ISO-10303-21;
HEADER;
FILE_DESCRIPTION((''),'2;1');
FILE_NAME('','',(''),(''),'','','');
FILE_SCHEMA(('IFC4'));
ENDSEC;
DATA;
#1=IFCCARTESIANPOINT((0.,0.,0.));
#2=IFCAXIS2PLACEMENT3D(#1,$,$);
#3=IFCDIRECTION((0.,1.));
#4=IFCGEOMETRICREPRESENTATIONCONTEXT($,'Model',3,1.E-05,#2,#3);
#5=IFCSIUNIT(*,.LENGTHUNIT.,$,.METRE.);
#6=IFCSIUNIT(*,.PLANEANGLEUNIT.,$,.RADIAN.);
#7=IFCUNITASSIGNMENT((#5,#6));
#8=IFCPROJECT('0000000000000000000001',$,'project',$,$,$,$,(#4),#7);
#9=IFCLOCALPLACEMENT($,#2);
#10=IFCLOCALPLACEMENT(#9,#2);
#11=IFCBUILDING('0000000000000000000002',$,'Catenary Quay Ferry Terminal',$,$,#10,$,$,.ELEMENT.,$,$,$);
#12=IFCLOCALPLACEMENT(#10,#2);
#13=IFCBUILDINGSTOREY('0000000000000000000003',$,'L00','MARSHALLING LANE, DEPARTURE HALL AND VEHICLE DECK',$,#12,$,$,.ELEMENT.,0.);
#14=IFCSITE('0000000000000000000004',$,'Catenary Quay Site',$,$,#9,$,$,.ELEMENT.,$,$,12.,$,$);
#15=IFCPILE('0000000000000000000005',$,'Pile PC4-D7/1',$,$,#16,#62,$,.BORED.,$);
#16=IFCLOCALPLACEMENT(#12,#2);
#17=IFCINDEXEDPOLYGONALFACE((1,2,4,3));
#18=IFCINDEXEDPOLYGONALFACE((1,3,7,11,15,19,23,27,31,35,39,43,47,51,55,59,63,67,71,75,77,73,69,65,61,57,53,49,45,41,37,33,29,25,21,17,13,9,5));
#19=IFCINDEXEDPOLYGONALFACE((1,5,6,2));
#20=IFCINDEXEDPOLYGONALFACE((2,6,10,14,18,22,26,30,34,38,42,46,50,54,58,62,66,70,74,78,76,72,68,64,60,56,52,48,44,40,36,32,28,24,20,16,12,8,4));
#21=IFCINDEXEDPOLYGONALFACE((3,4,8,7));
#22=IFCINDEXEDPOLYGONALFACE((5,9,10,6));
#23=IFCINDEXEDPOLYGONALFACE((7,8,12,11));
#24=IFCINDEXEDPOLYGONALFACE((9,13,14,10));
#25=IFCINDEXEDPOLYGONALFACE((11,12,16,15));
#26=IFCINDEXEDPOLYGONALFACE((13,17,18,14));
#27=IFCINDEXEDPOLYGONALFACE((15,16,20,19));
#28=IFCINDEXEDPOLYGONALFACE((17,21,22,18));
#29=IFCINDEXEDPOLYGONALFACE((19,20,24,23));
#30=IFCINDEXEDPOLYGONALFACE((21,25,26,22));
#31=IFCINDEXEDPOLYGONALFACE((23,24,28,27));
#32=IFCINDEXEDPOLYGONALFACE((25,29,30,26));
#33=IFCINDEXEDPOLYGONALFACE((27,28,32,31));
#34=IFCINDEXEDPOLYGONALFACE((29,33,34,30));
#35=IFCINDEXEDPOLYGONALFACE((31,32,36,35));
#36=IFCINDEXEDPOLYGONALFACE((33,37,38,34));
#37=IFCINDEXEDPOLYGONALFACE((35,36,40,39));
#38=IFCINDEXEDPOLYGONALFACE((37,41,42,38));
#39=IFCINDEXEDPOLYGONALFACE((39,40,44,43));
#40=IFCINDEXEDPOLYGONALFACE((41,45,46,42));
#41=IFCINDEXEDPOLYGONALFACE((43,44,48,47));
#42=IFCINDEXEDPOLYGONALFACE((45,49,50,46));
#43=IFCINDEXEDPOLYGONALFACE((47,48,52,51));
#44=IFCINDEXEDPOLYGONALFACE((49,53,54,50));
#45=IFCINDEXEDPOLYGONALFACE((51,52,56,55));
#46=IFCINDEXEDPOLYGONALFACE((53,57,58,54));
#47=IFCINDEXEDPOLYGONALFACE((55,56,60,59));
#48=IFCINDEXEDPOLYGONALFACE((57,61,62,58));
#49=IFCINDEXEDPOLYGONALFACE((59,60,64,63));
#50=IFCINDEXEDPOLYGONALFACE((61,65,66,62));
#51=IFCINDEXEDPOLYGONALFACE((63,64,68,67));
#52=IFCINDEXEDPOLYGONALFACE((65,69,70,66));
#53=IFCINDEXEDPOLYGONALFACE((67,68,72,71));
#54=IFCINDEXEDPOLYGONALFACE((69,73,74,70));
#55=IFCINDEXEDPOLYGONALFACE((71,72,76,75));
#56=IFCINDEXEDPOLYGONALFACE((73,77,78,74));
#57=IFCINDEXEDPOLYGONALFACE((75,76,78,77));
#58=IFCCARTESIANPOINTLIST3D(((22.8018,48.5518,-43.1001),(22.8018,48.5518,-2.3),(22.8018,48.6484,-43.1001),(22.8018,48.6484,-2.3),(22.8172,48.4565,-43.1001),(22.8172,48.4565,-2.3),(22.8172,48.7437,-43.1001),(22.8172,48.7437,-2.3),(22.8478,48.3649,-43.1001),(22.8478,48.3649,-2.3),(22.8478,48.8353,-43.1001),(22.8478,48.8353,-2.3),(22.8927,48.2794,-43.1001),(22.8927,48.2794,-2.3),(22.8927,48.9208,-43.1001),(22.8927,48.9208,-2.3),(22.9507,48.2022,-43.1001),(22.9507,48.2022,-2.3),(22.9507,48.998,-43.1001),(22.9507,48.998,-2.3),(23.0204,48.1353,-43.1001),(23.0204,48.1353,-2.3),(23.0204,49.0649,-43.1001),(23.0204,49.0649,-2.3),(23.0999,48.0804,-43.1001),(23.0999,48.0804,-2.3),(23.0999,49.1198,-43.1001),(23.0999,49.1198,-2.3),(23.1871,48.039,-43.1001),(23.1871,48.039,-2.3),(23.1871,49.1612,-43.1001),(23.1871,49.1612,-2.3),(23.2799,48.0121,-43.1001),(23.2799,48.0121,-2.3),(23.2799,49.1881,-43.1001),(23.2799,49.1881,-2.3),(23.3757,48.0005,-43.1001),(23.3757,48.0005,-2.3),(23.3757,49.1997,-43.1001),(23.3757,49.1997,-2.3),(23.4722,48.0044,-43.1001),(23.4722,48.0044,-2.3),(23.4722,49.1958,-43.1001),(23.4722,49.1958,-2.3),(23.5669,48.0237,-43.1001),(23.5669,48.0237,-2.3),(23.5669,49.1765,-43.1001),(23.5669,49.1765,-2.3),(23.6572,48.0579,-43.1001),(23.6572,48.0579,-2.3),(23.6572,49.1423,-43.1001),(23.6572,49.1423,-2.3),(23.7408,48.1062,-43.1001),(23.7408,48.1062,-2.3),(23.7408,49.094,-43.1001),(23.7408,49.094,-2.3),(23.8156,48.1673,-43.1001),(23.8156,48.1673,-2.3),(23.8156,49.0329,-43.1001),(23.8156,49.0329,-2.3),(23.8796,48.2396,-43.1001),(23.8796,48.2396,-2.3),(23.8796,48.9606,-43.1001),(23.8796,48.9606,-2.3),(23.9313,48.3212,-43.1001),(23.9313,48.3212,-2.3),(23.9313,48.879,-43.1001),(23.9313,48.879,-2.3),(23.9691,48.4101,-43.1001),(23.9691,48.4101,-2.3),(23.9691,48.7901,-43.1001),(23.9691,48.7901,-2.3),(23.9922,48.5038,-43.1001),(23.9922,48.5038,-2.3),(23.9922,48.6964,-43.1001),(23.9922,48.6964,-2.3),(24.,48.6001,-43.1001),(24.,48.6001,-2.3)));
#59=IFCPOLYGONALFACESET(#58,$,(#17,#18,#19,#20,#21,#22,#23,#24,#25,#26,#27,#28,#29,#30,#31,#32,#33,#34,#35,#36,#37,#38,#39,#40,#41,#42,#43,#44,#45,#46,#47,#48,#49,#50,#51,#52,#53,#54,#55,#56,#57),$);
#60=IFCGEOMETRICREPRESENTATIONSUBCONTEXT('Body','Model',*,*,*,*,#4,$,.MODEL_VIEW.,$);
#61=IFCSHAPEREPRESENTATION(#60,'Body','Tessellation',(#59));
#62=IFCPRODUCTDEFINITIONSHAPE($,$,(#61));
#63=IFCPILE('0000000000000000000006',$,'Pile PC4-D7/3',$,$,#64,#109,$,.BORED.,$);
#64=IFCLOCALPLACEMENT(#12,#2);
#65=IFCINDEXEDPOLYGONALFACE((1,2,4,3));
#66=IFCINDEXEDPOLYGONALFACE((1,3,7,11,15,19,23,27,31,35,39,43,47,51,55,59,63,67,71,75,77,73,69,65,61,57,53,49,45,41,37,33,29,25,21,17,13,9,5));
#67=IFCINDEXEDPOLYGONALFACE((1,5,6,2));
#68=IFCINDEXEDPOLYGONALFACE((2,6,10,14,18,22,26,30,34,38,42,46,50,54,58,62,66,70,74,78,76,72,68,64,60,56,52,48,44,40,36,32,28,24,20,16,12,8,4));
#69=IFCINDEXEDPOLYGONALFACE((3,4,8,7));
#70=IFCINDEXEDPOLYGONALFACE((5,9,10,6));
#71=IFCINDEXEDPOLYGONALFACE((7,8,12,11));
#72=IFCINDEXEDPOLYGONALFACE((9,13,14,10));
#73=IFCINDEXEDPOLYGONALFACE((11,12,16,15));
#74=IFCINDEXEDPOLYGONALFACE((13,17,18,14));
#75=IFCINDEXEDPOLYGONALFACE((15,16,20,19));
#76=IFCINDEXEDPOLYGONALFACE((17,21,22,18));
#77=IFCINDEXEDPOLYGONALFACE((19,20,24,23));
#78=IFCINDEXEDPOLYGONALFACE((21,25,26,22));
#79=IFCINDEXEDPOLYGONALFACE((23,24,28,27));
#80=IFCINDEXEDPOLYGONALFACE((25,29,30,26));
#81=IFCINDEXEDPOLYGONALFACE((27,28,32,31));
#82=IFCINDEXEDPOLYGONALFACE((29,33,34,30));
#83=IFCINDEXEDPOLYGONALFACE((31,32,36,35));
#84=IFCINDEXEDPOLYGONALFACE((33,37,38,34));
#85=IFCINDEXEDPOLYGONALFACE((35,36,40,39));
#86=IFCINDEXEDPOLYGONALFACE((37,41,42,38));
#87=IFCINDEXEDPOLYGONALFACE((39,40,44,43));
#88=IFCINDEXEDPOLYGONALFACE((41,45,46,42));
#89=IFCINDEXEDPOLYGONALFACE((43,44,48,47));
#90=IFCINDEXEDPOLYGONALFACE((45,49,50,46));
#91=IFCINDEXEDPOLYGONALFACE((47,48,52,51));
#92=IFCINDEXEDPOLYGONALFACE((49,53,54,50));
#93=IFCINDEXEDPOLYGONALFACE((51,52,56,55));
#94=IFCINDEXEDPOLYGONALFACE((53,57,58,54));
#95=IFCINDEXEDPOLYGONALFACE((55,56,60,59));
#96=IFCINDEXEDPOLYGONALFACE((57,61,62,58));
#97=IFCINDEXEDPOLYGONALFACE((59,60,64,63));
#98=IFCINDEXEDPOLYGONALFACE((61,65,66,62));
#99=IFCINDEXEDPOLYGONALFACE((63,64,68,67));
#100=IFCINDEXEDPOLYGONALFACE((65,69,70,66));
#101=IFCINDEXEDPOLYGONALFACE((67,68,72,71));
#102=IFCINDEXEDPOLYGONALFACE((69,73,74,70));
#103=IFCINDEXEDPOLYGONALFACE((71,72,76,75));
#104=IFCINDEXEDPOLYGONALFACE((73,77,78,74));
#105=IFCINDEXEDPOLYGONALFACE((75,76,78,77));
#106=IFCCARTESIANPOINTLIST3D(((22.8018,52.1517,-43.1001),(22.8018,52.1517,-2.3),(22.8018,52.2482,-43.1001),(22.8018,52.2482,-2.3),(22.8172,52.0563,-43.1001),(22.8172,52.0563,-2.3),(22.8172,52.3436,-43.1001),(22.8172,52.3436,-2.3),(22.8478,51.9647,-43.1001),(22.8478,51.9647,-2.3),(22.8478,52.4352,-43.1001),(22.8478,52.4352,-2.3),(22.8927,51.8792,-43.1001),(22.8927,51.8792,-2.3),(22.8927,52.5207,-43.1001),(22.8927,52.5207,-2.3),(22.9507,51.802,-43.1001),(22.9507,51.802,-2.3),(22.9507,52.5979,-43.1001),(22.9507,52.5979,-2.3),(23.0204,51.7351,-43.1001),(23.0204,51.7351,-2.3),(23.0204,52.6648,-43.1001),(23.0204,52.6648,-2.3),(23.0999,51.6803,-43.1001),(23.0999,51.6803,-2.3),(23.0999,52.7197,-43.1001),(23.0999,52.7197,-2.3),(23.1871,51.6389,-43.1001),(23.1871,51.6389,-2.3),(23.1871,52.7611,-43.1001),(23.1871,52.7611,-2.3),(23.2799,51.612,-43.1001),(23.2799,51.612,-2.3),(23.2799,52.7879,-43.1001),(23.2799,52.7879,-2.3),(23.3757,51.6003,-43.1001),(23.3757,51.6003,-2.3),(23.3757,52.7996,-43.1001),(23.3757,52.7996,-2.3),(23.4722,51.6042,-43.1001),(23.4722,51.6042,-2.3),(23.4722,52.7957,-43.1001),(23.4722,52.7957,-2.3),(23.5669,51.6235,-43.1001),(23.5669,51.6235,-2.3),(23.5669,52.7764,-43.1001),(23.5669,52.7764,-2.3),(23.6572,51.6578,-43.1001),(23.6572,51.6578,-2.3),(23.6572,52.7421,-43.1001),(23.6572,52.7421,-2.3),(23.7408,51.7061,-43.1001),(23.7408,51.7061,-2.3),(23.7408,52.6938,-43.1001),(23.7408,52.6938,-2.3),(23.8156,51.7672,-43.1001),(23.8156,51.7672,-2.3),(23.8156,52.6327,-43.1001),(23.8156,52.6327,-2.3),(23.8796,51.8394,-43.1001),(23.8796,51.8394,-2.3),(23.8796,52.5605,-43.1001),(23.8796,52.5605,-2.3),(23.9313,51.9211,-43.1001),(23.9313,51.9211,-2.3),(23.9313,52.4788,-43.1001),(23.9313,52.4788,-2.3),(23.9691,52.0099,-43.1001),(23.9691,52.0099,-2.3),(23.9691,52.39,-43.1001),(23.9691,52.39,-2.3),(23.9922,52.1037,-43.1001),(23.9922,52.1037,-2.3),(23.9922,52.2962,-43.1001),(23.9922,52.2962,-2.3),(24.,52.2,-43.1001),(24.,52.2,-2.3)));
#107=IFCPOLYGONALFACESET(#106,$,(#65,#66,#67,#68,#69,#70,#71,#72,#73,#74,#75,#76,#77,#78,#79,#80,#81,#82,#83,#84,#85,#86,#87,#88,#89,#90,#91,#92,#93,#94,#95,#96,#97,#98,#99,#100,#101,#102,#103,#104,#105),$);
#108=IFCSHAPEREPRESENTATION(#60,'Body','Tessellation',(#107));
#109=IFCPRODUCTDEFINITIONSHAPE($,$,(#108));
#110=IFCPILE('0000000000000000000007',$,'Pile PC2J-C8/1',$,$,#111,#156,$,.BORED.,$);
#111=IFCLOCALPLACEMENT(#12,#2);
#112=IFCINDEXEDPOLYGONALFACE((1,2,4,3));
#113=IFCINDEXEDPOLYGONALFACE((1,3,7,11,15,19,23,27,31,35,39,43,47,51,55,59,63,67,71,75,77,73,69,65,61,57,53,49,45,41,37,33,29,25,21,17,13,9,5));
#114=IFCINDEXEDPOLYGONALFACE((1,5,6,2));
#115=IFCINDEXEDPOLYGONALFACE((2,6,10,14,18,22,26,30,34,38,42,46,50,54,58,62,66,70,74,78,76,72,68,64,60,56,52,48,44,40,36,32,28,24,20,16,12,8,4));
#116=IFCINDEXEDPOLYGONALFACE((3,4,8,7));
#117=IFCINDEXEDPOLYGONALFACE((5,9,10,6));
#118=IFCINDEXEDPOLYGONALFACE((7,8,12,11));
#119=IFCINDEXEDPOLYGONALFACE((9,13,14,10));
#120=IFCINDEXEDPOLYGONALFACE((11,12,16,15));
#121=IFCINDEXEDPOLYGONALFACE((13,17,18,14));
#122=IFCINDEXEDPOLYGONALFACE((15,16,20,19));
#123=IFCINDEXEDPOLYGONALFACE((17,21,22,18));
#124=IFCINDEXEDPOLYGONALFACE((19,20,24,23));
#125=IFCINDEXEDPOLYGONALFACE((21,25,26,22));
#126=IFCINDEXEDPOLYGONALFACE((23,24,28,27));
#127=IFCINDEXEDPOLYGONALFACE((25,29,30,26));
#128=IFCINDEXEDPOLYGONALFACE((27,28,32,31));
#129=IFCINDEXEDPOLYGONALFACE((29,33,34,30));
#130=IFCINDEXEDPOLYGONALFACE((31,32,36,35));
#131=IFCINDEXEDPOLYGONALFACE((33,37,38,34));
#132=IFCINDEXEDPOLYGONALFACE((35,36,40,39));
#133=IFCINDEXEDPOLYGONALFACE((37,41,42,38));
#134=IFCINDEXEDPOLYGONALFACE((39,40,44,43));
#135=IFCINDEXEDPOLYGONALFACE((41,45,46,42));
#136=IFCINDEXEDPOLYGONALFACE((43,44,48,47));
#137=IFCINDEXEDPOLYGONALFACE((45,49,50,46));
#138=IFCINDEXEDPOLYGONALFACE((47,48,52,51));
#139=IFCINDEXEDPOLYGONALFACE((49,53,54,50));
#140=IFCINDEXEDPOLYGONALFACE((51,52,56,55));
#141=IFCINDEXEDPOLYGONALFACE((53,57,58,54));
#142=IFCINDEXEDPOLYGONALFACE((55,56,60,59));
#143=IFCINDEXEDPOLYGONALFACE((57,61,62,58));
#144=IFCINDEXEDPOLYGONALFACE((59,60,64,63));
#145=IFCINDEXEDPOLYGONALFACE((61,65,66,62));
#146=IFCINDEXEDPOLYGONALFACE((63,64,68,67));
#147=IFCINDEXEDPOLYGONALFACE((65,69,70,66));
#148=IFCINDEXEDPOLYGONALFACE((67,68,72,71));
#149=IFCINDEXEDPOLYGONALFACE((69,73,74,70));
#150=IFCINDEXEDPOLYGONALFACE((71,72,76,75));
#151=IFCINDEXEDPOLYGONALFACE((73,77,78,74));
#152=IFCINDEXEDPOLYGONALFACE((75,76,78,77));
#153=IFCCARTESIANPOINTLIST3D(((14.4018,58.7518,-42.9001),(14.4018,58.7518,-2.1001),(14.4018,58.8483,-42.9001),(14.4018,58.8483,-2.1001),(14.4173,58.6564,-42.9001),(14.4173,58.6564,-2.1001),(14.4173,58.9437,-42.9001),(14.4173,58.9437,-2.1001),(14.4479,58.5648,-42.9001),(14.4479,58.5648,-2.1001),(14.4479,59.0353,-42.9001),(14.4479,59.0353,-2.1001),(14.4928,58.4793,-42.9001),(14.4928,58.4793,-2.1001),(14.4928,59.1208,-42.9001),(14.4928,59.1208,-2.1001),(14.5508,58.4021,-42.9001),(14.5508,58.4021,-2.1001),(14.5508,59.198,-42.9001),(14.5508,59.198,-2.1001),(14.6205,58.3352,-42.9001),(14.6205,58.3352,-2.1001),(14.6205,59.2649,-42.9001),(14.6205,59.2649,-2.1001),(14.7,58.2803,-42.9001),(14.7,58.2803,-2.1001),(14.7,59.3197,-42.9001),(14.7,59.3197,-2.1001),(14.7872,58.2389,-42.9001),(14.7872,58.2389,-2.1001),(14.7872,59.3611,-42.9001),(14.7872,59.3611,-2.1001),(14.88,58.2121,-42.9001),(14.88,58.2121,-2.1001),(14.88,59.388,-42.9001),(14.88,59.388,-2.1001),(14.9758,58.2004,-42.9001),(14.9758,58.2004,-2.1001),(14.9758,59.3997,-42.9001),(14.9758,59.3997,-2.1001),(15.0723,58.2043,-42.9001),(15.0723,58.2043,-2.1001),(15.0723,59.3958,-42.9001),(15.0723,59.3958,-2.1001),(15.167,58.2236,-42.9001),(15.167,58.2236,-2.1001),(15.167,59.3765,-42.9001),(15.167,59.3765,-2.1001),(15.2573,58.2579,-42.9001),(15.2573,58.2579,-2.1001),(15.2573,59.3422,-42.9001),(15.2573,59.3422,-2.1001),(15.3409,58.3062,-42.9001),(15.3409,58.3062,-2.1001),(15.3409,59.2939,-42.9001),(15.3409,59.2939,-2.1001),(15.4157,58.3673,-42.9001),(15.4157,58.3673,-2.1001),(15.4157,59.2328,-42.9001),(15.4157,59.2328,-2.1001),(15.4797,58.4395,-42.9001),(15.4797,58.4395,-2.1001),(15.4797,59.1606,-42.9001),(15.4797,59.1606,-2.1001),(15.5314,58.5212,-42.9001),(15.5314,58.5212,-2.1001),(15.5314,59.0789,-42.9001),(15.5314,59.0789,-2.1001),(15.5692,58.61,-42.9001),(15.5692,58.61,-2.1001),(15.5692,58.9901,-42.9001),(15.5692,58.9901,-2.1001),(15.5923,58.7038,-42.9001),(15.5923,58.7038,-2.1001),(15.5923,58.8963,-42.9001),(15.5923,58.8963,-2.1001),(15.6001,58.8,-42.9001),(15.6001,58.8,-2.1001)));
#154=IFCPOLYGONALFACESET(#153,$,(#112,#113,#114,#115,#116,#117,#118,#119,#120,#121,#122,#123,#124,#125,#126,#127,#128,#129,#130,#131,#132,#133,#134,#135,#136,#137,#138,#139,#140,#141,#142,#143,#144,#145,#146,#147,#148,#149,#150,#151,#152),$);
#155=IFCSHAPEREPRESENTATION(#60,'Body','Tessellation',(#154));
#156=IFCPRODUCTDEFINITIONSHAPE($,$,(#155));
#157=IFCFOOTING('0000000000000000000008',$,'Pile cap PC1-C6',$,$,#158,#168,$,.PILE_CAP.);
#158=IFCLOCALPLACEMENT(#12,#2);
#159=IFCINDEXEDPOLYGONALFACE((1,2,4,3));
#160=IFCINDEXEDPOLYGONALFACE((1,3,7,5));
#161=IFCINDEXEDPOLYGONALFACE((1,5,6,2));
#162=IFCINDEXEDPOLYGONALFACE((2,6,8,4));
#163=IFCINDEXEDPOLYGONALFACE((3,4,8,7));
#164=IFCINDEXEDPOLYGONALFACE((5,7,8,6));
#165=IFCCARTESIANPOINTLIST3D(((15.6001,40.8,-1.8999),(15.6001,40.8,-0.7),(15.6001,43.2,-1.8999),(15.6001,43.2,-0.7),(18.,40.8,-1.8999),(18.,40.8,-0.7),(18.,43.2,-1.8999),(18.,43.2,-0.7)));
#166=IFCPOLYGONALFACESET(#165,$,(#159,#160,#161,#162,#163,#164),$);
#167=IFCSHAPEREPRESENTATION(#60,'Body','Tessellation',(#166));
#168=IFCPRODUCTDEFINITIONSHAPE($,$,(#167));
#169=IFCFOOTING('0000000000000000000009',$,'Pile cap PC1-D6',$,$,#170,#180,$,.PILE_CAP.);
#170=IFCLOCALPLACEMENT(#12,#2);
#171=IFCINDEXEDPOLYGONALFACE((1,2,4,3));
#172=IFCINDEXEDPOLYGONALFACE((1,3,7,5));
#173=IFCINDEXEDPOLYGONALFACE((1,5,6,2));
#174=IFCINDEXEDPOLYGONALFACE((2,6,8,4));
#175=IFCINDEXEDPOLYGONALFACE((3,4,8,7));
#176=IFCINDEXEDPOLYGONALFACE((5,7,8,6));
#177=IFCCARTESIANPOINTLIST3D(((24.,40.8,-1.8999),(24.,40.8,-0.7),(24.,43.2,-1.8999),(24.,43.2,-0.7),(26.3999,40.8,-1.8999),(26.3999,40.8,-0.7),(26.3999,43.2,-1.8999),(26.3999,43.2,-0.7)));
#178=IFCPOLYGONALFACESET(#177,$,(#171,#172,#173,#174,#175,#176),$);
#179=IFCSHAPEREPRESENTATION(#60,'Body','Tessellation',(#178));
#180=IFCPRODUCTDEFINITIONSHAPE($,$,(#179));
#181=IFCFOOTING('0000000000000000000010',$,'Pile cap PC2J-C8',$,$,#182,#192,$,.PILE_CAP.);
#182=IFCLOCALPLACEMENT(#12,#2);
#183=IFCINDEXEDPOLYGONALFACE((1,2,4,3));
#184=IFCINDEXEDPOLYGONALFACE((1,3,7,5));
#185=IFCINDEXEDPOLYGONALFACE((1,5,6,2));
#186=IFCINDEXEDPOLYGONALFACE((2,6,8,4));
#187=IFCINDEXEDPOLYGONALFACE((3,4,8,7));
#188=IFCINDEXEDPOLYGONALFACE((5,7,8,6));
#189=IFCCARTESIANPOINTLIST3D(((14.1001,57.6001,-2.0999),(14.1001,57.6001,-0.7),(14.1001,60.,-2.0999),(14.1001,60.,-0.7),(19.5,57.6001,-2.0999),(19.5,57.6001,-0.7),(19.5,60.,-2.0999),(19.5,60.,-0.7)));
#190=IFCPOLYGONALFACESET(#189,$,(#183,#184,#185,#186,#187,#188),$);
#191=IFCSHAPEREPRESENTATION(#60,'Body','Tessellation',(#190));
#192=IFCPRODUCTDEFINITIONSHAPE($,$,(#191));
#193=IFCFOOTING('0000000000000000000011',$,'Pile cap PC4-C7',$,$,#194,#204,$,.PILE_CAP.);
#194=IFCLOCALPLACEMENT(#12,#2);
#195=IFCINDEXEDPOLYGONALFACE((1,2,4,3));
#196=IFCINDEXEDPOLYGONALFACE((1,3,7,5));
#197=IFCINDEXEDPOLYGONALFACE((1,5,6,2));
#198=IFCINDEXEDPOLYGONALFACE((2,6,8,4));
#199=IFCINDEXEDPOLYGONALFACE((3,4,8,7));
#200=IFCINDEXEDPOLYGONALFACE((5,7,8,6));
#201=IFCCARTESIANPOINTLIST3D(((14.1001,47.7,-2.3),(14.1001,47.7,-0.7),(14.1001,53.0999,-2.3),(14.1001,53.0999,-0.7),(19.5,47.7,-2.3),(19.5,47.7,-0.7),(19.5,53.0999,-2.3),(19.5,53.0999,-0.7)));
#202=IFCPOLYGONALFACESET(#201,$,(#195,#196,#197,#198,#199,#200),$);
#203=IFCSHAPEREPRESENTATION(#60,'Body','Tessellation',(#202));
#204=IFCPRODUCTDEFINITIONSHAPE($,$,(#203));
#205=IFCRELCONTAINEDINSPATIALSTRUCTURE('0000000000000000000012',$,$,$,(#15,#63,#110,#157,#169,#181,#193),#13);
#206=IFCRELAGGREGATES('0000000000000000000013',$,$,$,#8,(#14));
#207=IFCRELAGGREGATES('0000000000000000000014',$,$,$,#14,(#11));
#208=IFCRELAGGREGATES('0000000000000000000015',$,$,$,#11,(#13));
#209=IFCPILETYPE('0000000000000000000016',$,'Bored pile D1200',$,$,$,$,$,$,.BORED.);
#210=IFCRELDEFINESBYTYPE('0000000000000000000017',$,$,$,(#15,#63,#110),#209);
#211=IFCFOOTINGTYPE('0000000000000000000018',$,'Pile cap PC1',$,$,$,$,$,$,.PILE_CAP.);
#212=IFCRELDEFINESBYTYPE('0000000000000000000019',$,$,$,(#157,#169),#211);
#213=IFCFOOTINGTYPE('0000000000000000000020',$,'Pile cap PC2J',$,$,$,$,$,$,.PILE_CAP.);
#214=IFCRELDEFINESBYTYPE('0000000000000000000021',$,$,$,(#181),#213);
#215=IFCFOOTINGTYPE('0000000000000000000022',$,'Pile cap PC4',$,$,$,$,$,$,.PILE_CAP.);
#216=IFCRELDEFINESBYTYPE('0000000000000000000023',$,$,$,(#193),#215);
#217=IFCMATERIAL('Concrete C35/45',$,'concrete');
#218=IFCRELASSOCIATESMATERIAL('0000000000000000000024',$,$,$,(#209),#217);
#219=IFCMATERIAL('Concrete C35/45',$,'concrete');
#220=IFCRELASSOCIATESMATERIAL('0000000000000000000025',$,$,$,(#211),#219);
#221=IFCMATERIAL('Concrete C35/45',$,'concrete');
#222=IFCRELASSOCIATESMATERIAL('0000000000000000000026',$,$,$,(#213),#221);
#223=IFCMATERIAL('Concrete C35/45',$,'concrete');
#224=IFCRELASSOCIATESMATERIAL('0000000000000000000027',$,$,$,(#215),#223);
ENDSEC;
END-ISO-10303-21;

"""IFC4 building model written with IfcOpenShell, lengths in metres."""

from ifc_helpers import new_model, si_unit, direction, frame, origin, origin_2d, place, context, subcontext, project, spatial, rectangle, circle, extrude, material, material_profile, profile_set, type_object, element, save


model = new_model("IFC4")

# Units and contexts
model_context = context("Model", 3, precision=1e-05, world=origin(), true_north=direction((0.0, 1.0)))
body_context = subcontext(model_context, "Body", "Model", "MODEL_VIEW")
ifc_project = project(units=[si_unit("LENGTHUNIT", "METRE"), si_unit("PLANEANGLEUNIT", "RADIAN")], contexts=[model_context])

# Site, building, storey
site_placement = place(None, origin())
site = spatial("IfcSite", under=ifc_project, at=site_placement, Name="Catenary Quay Site", CompositionType="ELEMENT", RefElevation=12.0)
building_placement = place(site_placement, origin())
building = spatial("IfcBuilding", under=site, at=building_placement, Name="Catenary Quay Ferry Terminal", CompositionType="ELEMENT")
storey_placement = place(building_placement, origin())
storey = spatial("IfcBuildingStorey", under=building, at=storey_placement, Name="L00", Description="MARSHALLING LANE, DEPARTURE HALL AND VEHICLE DECK", CompositionType="ELEMENT", Elevation=0.0)

# Piles
ifc_material_1 = material(Name="Concrete C35/45", Category="concrete")
ifc_material_profile_1 = material_profile(ifc_material_1, circle(Radius=0.6001, at=origin_2d()), Name="D1200")
ifc_profile_set_1 = profile_set([ifc_material_profile_1], Name="Concrete C35/45")
pile_type = type_object("IfcPileType", Name="Bored pile D1200", PredefinedType="BORED", material=ifc_profile_set_1)
for number, where, z_axis, x_axis, name in (
    (1, (23.3999, 48.6001, -2.3), (0.0, 0.0, -1.0), (1.0, 0.0, 0.0), "Pile PC4-D7/1"),
    (2, (23.3999, 52.2, -2.3), (0.0, 0.0, -1.0), (1.0, 0.0, 0.0), "Pile PC4-D7/3"),
    (3, (15.0, 58.8, -2.1001), (0.0, 0.0, -1.0), (1.0, 0.0, 0.0), "Pile PC2J-C8/1"),
):
    element("IfcPile", number, at=place(storey_placement, frame(where, z_axis=z_axis, x_axis=x_axis)), inside=storey, type_object=pile_type, Name=name, PredefinedType="BORED", context=body_context, shape_type="SweptSolid", body=[
        extrude(circle(Radius=0.6001, at=origin_2d()), origin(), (0.0, 0.0, 1.0), 40.8),
    ])

# Footings
ifc_material_2 = material(Name="Concrete C35/45", Category="concrete")
footing_type_1 = type_object("IfcFootingType", Name="Pile cap PC1", PredefinedType="PILE_CAP", material=ifc_material_2)
for number, where, z_axis, x_axis, name in (
    (4, (16.8, 42.0, -1.8999), (0.0, 0.0, 1.0), (1.0, 0.0, 0.0), "Pile cap PC1-C6"),
    (5, (25.2, 42.0, -1.8999), (0.0, 0.0, 1.0), (1.0, 0.0, 0.0), "Pile cap PC1-D6"),
):
    element("IfcFooting", number, at=place(storey_placement, frame(where, z_axis=z_axis, x_axis=x_axis)), inside=storey, type_object=footing_type_1, Name=name, PredefinedType="PILE_CAP", context=body_context, shape_type="SweptSolid", body=[
        extrude(rectangle(XDim=2.3999, YDim=2.3999, at=origin_2d()), origin(), (0.0, 0.0, 1.0), 1.2),
    ])
ifc_material_3 = material(Name="Concrete C35/45", Category="concrete")
footing_type_2 = type_object("IfcFootingType", Name="Pile cap PC2J", PredefinedType="PILE_CAP", material=ifc_material_3)
footing_placement = place(storey_placement, frame((16.8, 58.8, -2.0999), z_axis=(0.0, 0.0, 1.0), x_axis=(1.0, 0.0, 0.0)))
element("IfcFooting", 6, at=footing_placement, inside=storey, type_object=footing_type_2, Name="Pile cap PC2J-C8", PredefinedType="PILE_CAP", context=body_context, shape_type="SweptSolid", body=[
    extrude(rectangle(XDim=5.3999, YDim=2.3999, at=origin_2d()), origin(), (0.0, 0.0, 1.0), 1.3999),
])
ifc_material_4 = material(Name="Concrete C35/45", Category="concrete")
footing_type_3 = type_object("IfcFootingType", Name="Pile cap PC4", PredefinedType="PILE_CAP", material=ifc_material_4)
for number, where, z_axis, x_axis, name in (
    (7, (16.8, 50.3999, -2.3), (0.0, 0.0, 1.0), (1.0, 0.0, 0.0), "Pile cap PC4-C7"),
):
    element("IfcFooting", number, at=place(storey_placement, frame(where, z_axis=z_axis, x_axis=x_axis)), inside=storey, type_object=footing_type_3, Name=name, PredefinedType="PILE_CAP", context=body_context, shape_type="SweptSolid", body=[
        extrude(rectangle(XDim=5.3999, YDim=5.3999, at=origin_2d()), origin(), (0.0, 0.0, 1.0), 1.6001),
    ])

save(model, "model.ifc")
